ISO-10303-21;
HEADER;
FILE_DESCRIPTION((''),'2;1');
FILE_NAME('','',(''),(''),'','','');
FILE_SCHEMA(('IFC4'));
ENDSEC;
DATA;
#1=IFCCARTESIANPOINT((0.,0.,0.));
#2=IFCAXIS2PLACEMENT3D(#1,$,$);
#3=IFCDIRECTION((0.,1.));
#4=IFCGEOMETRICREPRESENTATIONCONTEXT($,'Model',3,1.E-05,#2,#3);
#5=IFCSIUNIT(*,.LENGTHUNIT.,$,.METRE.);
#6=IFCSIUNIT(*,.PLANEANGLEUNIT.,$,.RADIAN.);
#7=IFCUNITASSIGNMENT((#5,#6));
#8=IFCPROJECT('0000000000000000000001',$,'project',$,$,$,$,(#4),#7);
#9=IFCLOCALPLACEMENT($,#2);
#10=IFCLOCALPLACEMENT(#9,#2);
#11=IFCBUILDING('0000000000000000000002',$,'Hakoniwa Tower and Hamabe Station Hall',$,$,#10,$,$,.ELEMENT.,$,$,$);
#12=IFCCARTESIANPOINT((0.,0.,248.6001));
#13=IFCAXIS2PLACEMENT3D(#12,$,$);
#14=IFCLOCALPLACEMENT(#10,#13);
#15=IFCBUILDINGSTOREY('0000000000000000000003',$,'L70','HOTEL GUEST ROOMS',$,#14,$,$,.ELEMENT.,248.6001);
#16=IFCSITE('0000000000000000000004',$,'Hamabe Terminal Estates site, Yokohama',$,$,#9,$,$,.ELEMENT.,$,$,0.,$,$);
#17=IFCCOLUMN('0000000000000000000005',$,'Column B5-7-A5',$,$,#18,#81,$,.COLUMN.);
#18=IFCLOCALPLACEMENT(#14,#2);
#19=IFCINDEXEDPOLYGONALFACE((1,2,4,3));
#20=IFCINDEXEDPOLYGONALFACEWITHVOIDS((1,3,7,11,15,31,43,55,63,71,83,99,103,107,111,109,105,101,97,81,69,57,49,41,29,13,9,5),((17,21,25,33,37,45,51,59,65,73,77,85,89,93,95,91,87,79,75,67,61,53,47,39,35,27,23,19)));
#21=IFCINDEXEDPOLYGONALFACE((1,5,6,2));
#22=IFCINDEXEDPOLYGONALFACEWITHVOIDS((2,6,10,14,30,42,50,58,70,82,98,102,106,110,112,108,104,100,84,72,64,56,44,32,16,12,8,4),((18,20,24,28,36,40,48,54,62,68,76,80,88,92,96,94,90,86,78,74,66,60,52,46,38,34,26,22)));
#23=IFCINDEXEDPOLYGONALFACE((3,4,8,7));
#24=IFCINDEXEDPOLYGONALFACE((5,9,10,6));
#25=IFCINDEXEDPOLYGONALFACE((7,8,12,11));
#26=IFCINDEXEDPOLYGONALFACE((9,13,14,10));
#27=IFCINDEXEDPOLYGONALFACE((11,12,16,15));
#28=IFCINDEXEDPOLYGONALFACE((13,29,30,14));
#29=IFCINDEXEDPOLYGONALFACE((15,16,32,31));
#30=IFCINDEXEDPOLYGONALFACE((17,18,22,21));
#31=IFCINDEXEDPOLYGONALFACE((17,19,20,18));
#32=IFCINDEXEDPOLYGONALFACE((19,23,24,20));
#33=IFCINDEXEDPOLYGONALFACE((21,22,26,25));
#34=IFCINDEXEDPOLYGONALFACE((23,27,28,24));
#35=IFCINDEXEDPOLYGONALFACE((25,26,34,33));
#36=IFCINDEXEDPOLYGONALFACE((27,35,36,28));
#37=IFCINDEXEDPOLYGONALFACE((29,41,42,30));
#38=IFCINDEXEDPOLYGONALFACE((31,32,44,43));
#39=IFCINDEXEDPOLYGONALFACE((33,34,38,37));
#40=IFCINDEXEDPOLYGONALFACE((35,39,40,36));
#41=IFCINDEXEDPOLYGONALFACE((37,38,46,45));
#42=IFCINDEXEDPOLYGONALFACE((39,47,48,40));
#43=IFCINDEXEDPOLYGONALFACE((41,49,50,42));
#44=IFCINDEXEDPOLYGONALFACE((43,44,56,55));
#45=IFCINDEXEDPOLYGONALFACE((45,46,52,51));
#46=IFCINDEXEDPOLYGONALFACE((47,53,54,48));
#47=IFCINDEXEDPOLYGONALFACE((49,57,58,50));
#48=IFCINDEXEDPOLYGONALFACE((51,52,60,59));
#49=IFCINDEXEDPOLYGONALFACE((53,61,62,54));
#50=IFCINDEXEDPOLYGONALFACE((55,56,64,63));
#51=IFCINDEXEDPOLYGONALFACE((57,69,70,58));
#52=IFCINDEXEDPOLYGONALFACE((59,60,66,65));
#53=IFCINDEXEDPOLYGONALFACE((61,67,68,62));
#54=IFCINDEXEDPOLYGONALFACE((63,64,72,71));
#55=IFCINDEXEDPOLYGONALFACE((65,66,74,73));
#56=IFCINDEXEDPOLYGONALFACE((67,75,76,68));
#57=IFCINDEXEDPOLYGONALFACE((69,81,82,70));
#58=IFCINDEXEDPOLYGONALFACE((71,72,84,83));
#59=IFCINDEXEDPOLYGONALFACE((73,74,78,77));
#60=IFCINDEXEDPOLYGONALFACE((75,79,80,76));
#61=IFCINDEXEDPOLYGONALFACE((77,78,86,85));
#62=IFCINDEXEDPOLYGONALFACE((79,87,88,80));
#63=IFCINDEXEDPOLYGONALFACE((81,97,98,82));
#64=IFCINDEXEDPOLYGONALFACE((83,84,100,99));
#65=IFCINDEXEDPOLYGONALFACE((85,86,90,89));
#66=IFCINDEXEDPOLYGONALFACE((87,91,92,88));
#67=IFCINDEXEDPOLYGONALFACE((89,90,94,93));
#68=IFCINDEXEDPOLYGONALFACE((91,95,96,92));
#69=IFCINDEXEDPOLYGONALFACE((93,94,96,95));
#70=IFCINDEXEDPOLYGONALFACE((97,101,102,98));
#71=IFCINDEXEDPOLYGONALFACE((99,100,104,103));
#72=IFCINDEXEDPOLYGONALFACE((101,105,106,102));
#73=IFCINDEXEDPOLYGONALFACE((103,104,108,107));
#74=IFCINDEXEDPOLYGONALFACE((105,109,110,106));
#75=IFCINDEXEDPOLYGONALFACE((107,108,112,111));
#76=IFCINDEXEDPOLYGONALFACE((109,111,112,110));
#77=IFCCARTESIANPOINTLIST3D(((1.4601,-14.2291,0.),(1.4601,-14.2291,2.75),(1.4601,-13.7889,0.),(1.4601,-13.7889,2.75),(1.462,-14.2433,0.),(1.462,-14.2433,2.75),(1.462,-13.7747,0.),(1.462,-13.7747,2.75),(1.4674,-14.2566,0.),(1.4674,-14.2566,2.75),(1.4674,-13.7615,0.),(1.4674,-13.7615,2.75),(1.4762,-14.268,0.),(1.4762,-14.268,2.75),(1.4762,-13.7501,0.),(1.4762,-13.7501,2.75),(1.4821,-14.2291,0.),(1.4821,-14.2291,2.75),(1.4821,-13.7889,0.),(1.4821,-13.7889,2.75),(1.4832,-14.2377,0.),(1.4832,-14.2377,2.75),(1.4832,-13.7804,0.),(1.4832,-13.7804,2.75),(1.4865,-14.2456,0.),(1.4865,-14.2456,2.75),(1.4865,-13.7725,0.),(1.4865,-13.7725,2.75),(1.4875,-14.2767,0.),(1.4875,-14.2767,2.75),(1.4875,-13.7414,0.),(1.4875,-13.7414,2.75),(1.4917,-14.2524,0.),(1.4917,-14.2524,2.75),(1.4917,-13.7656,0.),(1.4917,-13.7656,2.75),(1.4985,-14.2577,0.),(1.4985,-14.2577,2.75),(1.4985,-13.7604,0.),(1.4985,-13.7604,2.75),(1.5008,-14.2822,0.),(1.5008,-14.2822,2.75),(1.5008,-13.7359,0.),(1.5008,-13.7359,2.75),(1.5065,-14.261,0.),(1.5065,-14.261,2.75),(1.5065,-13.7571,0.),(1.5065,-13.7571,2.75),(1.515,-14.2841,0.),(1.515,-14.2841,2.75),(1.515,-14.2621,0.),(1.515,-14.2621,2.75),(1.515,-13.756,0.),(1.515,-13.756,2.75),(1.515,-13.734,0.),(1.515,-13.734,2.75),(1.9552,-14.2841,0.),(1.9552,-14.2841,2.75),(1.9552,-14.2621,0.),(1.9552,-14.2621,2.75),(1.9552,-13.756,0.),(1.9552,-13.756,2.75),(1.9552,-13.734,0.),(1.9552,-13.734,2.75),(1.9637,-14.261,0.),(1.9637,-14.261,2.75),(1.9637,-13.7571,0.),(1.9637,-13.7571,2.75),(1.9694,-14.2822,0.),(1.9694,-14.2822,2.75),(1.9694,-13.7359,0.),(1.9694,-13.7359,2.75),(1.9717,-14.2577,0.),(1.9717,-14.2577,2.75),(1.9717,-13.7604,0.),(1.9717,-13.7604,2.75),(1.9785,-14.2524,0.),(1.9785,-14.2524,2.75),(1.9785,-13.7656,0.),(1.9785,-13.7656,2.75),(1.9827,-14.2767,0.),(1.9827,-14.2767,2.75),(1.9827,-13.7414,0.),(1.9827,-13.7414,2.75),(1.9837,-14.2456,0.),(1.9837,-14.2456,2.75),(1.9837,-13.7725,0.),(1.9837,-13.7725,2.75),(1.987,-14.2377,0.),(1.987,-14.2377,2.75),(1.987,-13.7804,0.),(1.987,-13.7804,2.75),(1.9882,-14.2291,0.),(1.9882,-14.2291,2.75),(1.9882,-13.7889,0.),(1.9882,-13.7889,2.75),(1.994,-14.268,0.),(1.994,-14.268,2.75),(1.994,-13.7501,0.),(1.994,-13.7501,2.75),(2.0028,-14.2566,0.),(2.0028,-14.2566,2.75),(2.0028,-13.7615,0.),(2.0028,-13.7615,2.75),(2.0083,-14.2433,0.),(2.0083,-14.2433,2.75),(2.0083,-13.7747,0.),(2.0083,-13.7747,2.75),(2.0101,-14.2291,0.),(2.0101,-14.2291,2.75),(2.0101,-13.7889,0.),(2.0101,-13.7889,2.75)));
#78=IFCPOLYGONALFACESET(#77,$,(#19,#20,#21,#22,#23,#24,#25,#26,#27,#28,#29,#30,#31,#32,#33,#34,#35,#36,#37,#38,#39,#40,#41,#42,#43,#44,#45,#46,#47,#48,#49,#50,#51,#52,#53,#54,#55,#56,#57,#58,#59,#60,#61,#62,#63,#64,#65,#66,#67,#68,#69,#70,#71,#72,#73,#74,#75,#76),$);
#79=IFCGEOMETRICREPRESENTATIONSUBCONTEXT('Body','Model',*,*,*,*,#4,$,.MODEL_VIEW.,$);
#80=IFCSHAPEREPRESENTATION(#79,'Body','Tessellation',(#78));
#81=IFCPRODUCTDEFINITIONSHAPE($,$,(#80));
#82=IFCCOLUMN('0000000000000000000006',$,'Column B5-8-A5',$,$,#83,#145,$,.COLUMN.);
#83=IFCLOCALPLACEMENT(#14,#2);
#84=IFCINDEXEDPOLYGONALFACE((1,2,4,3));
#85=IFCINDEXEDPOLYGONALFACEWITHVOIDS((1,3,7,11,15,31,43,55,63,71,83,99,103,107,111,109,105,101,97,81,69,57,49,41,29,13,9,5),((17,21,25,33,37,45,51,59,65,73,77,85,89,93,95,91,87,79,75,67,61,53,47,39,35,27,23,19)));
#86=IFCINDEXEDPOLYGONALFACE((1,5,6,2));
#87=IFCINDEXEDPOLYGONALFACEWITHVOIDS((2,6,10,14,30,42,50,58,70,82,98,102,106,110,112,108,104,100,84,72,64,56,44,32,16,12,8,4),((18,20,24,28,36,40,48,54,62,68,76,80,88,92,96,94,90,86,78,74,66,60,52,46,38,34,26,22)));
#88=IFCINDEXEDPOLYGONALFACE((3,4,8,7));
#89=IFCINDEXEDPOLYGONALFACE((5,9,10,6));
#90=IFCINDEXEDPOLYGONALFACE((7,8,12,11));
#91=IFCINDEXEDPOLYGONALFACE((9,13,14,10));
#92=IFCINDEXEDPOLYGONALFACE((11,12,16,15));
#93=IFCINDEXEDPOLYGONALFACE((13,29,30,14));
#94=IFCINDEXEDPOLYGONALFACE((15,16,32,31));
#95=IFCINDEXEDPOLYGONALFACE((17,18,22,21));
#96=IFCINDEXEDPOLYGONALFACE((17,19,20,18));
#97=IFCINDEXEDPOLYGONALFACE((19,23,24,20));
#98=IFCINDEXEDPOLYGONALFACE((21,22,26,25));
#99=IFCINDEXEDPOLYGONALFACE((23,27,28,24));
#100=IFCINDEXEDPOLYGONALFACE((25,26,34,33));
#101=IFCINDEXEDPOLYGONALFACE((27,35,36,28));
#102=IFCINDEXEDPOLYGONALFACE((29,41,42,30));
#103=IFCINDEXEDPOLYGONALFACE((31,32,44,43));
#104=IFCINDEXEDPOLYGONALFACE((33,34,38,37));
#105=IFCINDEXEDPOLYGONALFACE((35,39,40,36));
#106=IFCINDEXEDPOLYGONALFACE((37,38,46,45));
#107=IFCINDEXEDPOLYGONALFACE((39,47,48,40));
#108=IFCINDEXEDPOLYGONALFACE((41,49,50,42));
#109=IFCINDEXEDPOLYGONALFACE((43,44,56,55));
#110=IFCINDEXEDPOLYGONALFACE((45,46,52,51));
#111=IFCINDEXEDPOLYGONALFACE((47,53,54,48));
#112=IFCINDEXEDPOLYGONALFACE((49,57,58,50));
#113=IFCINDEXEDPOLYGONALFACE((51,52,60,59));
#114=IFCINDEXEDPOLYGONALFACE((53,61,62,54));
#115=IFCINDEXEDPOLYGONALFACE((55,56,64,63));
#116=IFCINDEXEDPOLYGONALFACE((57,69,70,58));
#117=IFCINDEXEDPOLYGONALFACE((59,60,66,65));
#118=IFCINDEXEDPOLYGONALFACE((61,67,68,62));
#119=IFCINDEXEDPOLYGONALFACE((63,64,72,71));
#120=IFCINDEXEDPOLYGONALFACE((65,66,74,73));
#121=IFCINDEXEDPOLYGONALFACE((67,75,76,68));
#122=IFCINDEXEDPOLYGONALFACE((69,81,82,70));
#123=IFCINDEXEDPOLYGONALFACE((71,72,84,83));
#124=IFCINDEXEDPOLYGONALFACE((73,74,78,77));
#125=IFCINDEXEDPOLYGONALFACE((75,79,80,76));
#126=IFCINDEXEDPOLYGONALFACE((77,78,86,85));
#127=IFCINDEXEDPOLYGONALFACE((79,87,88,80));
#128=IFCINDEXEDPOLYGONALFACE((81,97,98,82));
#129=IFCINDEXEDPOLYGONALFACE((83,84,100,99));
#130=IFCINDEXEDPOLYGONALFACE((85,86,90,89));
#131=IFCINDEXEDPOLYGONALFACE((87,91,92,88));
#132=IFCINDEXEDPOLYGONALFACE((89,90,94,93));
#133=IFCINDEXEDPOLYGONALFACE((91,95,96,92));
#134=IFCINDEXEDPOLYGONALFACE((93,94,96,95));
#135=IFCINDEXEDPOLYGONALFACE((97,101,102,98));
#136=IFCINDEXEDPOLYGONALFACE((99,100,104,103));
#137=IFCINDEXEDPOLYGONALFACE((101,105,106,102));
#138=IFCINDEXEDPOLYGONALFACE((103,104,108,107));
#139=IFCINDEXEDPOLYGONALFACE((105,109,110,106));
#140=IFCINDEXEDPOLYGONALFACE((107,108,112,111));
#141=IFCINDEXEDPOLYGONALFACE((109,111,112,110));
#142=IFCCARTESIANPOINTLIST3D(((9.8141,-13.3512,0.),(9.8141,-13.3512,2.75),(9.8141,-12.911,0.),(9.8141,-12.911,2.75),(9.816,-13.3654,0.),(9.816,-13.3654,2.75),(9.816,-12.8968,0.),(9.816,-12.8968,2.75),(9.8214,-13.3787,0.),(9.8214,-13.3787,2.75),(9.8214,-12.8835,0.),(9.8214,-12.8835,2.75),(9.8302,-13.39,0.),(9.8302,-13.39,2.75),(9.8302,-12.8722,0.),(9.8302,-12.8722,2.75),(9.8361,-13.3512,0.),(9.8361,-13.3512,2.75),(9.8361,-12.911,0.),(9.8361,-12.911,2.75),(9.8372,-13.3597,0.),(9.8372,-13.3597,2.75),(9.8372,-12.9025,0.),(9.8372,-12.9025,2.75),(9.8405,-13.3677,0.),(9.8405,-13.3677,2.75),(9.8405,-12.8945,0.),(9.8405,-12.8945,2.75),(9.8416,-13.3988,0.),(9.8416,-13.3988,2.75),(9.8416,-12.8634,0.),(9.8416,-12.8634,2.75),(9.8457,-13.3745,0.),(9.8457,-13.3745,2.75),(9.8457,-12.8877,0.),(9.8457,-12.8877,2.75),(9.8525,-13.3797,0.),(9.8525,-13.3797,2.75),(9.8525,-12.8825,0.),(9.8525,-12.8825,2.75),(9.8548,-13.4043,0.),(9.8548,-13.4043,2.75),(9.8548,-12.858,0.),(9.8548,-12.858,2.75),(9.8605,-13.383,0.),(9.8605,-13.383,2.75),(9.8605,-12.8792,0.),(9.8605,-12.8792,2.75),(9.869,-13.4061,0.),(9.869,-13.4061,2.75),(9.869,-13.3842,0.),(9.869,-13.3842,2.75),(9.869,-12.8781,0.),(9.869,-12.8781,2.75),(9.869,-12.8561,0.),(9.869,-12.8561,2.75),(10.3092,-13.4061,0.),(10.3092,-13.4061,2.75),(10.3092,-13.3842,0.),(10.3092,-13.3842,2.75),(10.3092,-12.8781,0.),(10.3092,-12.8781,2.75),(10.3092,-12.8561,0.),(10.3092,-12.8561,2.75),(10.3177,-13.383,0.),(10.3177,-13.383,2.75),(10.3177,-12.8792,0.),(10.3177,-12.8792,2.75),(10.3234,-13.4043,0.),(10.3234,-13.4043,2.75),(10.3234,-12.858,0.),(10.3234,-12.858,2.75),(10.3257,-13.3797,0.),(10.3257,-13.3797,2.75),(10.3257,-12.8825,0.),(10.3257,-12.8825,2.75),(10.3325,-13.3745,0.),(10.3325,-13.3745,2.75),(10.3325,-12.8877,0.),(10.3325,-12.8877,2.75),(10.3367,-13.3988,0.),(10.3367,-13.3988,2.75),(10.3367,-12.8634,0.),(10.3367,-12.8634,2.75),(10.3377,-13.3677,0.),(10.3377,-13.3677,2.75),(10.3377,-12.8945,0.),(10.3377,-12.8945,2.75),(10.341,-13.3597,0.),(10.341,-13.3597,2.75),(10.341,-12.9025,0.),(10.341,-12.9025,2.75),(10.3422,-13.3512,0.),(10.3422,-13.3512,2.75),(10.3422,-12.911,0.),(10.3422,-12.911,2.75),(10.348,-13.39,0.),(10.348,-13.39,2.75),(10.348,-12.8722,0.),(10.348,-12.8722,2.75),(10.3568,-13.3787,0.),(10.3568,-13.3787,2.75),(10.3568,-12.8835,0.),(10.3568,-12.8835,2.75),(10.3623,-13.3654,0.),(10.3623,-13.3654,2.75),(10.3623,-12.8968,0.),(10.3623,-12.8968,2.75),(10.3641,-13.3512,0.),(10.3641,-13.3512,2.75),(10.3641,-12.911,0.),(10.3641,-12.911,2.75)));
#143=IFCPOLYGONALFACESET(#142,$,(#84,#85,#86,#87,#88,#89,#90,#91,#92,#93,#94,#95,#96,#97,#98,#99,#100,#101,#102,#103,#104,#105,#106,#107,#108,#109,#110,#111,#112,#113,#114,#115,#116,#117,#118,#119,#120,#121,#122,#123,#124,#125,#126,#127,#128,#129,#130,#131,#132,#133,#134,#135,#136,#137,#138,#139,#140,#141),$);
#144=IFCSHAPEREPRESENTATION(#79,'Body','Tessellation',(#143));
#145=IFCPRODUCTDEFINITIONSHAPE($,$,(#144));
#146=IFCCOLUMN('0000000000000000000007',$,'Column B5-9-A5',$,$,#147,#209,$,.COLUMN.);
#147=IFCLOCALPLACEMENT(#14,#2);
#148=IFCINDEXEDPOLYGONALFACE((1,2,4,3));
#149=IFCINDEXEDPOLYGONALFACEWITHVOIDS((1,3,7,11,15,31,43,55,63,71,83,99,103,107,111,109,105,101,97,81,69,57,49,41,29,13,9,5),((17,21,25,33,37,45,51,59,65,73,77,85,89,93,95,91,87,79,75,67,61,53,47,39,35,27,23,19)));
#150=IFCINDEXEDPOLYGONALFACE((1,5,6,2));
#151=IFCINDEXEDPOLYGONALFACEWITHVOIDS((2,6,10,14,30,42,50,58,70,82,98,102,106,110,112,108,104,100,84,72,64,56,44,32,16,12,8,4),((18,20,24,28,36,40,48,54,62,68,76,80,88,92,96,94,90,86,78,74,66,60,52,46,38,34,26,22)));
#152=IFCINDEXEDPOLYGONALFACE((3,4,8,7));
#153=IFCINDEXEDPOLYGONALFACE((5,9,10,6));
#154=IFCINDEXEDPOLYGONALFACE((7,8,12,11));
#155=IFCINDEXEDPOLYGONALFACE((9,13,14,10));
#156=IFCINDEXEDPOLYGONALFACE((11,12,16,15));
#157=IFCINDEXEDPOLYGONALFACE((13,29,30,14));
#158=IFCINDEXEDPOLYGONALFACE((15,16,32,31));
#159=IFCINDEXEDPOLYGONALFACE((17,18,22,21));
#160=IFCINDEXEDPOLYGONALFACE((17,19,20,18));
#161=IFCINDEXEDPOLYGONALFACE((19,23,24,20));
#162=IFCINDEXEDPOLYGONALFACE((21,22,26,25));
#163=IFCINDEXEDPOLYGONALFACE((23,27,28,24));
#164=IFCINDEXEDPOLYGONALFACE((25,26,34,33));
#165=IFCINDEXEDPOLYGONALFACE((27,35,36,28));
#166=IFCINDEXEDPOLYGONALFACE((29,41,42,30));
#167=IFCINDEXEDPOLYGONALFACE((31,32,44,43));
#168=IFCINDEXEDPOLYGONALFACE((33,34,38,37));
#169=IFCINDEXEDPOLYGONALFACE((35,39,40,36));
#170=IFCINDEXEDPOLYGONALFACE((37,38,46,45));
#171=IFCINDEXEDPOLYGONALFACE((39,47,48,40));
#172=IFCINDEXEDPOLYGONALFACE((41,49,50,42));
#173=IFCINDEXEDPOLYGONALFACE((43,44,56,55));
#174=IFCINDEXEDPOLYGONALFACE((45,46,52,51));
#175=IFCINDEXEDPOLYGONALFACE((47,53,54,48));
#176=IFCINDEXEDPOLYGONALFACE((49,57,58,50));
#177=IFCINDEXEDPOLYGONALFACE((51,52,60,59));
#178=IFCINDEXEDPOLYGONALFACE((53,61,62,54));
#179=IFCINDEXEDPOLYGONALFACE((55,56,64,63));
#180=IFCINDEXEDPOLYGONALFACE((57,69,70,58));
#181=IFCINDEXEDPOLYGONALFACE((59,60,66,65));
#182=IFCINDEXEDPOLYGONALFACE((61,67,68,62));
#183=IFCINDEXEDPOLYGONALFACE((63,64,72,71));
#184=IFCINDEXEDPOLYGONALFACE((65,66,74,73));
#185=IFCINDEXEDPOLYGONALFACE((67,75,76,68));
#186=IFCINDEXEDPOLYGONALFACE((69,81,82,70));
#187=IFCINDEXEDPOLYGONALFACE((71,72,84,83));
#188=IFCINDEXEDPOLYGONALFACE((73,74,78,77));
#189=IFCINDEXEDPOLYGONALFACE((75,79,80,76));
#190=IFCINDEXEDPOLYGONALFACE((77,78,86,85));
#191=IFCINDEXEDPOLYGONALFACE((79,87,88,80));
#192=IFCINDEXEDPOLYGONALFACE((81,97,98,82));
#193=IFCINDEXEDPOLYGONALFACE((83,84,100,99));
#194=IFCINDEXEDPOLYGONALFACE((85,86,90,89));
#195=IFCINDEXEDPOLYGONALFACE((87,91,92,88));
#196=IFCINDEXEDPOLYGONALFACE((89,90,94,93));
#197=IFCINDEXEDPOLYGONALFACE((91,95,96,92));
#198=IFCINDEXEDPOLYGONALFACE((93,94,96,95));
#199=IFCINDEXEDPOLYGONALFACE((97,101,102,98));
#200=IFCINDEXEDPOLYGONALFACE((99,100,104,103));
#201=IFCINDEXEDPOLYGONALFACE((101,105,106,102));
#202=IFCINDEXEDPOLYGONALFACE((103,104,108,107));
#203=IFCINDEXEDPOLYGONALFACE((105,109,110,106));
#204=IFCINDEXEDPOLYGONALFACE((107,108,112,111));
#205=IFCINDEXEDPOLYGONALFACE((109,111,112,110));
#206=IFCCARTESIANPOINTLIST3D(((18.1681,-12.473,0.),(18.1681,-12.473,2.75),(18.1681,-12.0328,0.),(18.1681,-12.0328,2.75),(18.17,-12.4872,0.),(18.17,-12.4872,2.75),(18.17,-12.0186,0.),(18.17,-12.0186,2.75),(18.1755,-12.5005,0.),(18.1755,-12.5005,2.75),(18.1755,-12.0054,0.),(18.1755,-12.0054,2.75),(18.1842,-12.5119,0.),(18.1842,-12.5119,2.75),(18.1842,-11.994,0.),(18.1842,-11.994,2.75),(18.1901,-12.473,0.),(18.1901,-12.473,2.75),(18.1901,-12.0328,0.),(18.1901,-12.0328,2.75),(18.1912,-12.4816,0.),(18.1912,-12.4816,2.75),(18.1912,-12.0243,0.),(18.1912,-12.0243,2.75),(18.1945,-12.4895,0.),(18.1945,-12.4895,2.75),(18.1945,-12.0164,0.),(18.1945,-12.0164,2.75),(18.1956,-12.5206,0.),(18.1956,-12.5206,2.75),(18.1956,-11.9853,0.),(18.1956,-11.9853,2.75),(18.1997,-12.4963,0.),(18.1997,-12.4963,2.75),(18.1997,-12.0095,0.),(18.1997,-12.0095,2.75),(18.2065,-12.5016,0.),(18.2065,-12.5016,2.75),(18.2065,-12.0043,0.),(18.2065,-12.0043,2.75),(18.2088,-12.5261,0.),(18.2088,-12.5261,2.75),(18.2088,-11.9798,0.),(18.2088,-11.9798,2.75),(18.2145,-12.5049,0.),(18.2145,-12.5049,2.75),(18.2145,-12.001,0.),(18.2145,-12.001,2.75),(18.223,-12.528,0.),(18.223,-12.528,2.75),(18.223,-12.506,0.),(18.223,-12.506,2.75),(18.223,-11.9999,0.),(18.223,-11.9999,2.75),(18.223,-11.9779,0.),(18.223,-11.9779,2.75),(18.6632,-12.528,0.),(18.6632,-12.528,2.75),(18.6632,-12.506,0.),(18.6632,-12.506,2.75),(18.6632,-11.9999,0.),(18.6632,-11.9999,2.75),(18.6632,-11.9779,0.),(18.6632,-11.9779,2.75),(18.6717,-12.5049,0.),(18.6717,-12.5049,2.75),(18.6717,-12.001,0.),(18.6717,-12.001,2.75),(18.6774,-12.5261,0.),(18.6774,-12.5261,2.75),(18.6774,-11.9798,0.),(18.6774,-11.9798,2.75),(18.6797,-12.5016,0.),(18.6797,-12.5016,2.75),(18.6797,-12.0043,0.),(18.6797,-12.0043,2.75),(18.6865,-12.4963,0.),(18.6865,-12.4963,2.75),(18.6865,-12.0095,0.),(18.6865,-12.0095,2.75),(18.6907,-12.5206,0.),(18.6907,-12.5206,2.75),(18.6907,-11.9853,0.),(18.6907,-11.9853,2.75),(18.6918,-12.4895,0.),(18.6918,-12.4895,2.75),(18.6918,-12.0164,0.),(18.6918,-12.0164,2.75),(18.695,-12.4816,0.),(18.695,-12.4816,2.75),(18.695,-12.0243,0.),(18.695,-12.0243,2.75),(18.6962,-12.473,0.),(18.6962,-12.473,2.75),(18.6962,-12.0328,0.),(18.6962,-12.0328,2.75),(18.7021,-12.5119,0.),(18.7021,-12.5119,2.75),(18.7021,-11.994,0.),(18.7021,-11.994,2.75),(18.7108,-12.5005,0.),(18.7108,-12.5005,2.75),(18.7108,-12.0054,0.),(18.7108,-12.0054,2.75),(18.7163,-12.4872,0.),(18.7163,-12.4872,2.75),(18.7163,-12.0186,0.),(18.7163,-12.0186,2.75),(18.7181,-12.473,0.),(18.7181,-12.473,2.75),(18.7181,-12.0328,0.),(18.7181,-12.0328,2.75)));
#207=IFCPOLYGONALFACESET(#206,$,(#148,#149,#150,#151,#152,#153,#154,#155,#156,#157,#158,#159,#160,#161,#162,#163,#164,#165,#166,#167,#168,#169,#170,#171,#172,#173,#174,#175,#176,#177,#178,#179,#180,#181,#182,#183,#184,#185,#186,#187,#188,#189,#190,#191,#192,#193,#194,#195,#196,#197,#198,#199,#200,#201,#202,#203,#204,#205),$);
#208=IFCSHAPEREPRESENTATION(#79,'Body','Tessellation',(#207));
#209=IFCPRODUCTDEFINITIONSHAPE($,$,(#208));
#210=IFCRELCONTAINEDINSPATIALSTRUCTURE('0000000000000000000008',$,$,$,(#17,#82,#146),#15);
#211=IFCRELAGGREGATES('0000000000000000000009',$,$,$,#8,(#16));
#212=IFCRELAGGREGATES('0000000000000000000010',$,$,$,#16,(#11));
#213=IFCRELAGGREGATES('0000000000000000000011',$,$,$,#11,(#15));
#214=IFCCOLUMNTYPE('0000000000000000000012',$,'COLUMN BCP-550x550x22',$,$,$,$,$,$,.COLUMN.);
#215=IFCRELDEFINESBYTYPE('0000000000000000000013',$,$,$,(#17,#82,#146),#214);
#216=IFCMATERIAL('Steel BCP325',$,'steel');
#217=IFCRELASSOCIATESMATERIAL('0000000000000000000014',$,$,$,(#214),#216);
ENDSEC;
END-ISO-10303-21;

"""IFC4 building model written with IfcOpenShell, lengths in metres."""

from ifc_helpers import new_model, si_unit, direction, frame, origin, origin_2d, place, context, subcontext, project, spatial, hollow_rectangle, extrude, material, material_profile, profile_set, type_object, element, save


model = new_model("IFC4")

# Units and contexts
model_context = context("Model", 3, precision=1e-05, world=origin(), true_north=direction((0.0, 1.0)))
body_context = subcontext(model_context, "Body", "Model", "MODEL_VIEW")
ifc_project = project(units=[si_unit("LENGTHUNIT", "METRE"), si_unit("PLANEANGLEUNIT", "RADIAN")], contexts=[model_context])

# Site, building, storey
site_placement = place(None, origin())
site = spatial("IfcSite", under=ifc_project, at=site_placement, Name="Hamabe Terminal Estates site, Yokohama", CompositionType="ELEMENT", RefElevation=0.0)
building_placement = place(site_placement, origin())
building = spatial("IfcBuilding", under=site, at=building_placement, Name="Hakoniwa Tower and Hamabe Station Hall", CompositionType="ELEMENT")
storey_placement = place(building_placement, frame((0.0, 0.0, 248.6001)))
storey = spatial("IfcBuildingStorey", under=building, at=storey_placement, Name="L70", Description="HOTEL GUEST ROOMS", CompositionType="ELEMENT", Elevation=248.6001)

# Columns
ifc_material_1 = material(Name="Steel BCP325", Category="steel")
ifc_material_profile_1 = material_profile(ifc_material_1, hollow_rectangle(XDim=0.55, YDim=0.55, WallThickness=0.022, InnerFilletRadius=0.033, OuterFilletRadius=0.0549, at=origin_2d()), Name="BCP-550x550x22")
ifc_profile_set_1 = profile_set([ifc_material_profile_1], Name="Steel BCP325")
column_type = type_object("IfcColumnType", Name="COLUMN BCP-550x550x22", PredefinedType="COLUMN", material=ifc_profile_set_1)
for number, where, z_axis, x_axis, name in (
    (1, (1.7351, -14.009, 0.0), (0.0, 0.0, 1.0), (1.0, 0.0, 0.0), "Column B5-7-A5"),
    (2, (10.0891, -13.1311, 0.0), (0.0, 0.0, 1.0), (1.0, 0.0, 0.0), "Column B5-8-A5"),
    (3, (18.4431, -12.2529, 0.0), (0.0, 0.0, 1.0), (1.0, 0.0, 0.0), "Column B5-9-A5"),
):
    element("IfcColumn", number, at=place(storey_placement, frame(where, z_axis=z_axis, x_axis=x_axis)), inside=storey, type_object=column_type, Name=name, PredefinedType="COLUMN", context=body_context, shape_type="SweptSolid", body=[
        extrude(hollow_rectangle(XDim=0.55, YDim=0.55, WallThickness=0.022, InnerFilletRadius=0.033, OuterFilletRadius=0.0549, at=origin_2d()), origin(), (0.0, 0.0, 1.0), 2.75),
    ])

save(model, "model.ifc")
